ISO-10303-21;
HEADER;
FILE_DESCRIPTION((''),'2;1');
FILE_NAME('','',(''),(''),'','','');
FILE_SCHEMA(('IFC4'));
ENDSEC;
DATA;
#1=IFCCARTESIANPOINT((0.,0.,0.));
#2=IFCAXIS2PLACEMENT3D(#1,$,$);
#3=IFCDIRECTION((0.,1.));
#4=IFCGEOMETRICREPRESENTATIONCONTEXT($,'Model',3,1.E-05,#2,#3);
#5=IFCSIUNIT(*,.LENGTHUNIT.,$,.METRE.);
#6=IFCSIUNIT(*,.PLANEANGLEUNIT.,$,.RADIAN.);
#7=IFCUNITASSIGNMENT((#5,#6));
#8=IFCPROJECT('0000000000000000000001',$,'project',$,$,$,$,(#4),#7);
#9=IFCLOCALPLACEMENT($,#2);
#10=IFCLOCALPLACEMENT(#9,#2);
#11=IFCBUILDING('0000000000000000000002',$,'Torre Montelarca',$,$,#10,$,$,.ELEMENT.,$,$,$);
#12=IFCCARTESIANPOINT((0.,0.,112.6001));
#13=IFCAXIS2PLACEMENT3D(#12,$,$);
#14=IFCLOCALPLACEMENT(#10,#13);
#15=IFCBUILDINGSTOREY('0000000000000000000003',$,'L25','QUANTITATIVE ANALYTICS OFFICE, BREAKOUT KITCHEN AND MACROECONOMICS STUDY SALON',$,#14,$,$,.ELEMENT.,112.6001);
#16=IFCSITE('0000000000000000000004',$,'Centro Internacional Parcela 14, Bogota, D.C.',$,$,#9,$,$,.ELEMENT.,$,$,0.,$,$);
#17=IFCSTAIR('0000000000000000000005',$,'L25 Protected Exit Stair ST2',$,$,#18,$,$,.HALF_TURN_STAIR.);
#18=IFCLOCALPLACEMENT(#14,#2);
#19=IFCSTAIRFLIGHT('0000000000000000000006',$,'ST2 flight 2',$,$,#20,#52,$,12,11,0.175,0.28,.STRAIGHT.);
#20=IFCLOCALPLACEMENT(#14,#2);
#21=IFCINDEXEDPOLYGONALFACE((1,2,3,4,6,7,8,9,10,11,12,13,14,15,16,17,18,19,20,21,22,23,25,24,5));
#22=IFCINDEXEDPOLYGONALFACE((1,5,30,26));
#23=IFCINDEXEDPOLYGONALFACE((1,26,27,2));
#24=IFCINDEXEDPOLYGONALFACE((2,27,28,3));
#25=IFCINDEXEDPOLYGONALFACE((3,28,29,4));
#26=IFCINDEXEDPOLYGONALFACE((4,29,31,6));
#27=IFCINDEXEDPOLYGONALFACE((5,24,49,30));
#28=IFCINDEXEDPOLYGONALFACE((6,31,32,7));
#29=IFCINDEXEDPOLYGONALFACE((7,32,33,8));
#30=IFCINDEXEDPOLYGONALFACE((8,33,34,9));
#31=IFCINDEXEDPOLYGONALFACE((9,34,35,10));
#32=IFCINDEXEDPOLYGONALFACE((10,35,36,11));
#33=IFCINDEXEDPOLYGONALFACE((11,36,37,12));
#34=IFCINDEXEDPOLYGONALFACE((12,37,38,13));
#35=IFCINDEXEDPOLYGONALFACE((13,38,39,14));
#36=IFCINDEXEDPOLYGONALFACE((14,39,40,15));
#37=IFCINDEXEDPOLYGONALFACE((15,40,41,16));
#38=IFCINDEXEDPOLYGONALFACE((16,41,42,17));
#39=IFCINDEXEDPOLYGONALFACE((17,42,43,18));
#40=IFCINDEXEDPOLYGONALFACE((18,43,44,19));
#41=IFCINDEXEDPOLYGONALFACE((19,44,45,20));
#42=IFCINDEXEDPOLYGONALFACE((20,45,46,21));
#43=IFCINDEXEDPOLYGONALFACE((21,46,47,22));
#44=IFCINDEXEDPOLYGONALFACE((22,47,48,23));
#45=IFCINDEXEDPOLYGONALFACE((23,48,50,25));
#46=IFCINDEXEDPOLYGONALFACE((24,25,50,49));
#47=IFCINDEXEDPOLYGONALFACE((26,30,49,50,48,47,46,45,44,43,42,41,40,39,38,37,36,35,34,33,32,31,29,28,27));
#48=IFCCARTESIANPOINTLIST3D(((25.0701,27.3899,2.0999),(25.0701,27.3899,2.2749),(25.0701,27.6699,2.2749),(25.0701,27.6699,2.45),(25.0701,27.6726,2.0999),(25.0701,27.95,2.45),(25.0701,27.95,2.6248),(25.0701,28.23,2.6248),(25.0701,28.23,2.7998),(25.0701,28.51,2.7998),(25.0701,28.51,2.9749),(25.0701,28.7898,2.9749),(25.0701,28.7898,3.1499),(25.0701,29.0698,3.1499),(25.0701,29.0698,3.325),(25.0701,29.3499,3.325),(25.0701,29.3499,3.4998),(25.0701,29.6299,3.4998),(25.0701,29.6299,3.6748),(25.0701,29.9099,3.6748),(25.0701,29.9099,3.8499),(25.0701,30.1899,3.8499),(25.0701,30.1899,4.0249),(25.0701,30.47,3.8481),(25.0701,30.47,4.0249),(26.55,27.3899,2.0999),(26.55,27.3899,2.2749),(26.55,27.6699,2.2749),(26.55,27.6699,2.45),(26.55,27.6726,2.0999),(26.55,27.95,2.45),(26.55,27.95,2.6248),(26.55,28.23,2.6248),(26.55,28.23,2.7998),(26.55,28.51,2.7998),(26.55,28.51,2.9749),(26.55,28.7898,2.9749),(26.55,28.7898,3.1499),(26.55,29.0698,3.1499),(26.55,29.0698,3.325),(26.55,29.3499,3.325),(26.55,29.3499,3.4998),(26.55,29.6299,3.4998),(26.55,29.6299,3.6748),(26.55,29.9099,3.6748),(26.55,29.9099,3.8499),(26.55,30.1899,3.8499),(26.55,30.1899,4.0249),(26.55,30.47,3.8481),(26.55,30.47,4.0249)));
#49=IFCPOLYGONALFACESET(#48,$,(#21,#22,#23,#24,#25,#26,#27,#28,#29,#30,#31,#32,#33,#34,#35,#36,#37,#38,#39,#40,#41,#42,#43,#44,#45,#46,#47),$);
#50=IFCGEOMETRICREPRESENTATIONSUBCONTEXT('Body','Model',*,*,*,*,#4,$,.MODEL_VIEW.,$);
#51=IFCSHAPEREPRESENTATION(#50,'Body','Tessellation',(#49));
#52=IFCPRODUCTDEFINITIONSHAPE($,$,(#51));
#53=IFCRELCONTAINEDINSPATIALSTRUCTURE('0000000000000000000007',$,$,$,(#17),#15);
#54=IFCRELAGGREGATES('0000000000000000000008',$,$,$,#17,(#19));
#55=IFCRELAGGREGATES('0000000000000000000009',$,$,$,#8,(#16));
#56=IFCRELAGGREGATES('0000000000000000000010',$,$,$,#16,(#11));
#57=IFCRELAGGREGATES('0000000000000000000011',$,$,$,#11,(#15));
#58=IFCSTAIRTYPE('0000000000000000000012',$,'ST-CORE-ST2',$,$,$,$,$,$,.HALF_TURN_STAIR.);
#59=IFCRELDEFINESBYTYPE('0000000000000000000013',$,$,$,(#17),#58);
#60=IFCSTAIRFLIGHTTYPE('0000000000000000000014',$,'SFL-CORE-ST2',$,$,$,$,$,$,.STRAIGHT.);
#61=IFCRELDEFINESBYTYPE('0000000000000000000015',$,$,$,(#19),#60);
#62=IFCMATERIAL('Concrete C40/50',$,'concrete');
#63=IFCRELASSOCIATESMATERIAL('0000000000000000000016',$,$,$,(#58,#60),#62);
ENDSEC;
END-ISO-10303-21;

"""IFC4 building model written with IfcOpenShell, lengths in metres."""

from ifc_helpers import new_model, si_unit, direction, frame, origin, place, context, subcontext, project, spatial, polyline, outline, extrude, material, type_object, element, aggregate, save


model = new_model("IFC4")

# Units and contexts
model_context = context("Model", 3, precision=1e-05, world=origin(), true_north=direction((0.0, 1.0)))
body_context = subcontext(model_context, "Body", "Model", "MODEL_VIEW")
ifc_project = project(units=[si_unit("LENGTHUNIT", "METRE"), si_unit("PLANEANGLEUNIT", "RADIAN")], contexts=[model_context])

# Site, building, storey
site_placement = place(None, origin())
site = spatial("IfcSite", under=ifc_project, at=site_placement, Name="Centro Internacional Parcela 14, Bogota, D.C.", CompositionType="ELEMENT", RefElevation=0.0)
building_placement = place(site_placement, origin())
building = spatial("IfcBuilding", under=site, at=building_placement, Name="Torre Montelarca", CompositionType="ELEMENT")
storey_placement = place(building_placement, frame((0.0, 0.0, 112.6001)))
storey = spatial("IfcBuildingStorey", under=building, at=storey_placement, Name="L25", Description="QUANTITATIVE ANALYTICS OFFICE, BREAKOUT KITCHEN AND MACROECONOMICS STUDY SALON", CompositionType="ELEMENT", Elevation=112.6001)

# Shared definitions
ifc_material_1 = material(Name="Concrete C40/50", Category="concrete")

# Stair, stair flight
stair_type = type_object("IfcStairType", Name="ST-CORE-ST2", PredefinedType="HALF_TURN_STAIR", material=ifc_material_1)
stair_placement = place(storey_placement, origin())
stair = element("IfcStair", 1, at=stair_placement, inside=storey, type_object=stair_type, Name="L25 Protected Exit Stair ST2", PredefinedType="HALF_TURN_STAIR")
stair_flight_type = type_object("IfcStairFlightType", Name="SFL-CORE-ST2", PredefinedType="STRAIGHT", material=ifc_material_1)
stair_flight_1_placement = place(storey_placement, frame((25.8101, 27.3899, 2.0999), z_axis=(0.0, 0.0, 1.0), x_axis=(0.0, 1.0, 0.0)))
stair_flight_1 = element("IfcStairFlight", 2, at=stair_flight_1_placement, type_object=stair_flight_type, Name="ST2 flight 2", NumberOfRisers=12, NumberOfTreads=11, PredefinedType="STRAIGHT", RiserHeight=0.175, TreadLength=0.28, context=body_context, shape_type="SweptSolid", body=[
    extrude(outline(polyline([(0.0, 0.0), (0.0, 0.175), (0.28, 0.175), (0.28, 0.3501), (0.5601, 0.3501), (0.5601, 0.5249), (0.8401, 0.5249), (0.8401, 0.7), (1.1201, 0.7), (1.1201, 0.875), (1.3999, 0.875), (1.3999, 1.05), (1.6799, 1.05), (1.6799, 1.2251), (1.96, 1.2251), (1.96, 1.3999), (2.24, 1.3999), (2.24, 1.575), (2.52, 1.575), (2.52, 1.75), (2.8, 1.75), (2.8, 1.925), (3.0801, 1.925), (3.0801, 2.1001), (3.0801, 1.7483), (0.2827, 0.0), (0.0, 0.0)])), frame((0.0, 0.74, 0.0), z_axis=(0.0, -1.0, 0.0), x_axis=(1.0, 0.0, 0.0)), (0.0, 0.0, 1.0), 1.48),
])
aggregate(stair, [stair_flight_1])

save(model, "model.ifc")
